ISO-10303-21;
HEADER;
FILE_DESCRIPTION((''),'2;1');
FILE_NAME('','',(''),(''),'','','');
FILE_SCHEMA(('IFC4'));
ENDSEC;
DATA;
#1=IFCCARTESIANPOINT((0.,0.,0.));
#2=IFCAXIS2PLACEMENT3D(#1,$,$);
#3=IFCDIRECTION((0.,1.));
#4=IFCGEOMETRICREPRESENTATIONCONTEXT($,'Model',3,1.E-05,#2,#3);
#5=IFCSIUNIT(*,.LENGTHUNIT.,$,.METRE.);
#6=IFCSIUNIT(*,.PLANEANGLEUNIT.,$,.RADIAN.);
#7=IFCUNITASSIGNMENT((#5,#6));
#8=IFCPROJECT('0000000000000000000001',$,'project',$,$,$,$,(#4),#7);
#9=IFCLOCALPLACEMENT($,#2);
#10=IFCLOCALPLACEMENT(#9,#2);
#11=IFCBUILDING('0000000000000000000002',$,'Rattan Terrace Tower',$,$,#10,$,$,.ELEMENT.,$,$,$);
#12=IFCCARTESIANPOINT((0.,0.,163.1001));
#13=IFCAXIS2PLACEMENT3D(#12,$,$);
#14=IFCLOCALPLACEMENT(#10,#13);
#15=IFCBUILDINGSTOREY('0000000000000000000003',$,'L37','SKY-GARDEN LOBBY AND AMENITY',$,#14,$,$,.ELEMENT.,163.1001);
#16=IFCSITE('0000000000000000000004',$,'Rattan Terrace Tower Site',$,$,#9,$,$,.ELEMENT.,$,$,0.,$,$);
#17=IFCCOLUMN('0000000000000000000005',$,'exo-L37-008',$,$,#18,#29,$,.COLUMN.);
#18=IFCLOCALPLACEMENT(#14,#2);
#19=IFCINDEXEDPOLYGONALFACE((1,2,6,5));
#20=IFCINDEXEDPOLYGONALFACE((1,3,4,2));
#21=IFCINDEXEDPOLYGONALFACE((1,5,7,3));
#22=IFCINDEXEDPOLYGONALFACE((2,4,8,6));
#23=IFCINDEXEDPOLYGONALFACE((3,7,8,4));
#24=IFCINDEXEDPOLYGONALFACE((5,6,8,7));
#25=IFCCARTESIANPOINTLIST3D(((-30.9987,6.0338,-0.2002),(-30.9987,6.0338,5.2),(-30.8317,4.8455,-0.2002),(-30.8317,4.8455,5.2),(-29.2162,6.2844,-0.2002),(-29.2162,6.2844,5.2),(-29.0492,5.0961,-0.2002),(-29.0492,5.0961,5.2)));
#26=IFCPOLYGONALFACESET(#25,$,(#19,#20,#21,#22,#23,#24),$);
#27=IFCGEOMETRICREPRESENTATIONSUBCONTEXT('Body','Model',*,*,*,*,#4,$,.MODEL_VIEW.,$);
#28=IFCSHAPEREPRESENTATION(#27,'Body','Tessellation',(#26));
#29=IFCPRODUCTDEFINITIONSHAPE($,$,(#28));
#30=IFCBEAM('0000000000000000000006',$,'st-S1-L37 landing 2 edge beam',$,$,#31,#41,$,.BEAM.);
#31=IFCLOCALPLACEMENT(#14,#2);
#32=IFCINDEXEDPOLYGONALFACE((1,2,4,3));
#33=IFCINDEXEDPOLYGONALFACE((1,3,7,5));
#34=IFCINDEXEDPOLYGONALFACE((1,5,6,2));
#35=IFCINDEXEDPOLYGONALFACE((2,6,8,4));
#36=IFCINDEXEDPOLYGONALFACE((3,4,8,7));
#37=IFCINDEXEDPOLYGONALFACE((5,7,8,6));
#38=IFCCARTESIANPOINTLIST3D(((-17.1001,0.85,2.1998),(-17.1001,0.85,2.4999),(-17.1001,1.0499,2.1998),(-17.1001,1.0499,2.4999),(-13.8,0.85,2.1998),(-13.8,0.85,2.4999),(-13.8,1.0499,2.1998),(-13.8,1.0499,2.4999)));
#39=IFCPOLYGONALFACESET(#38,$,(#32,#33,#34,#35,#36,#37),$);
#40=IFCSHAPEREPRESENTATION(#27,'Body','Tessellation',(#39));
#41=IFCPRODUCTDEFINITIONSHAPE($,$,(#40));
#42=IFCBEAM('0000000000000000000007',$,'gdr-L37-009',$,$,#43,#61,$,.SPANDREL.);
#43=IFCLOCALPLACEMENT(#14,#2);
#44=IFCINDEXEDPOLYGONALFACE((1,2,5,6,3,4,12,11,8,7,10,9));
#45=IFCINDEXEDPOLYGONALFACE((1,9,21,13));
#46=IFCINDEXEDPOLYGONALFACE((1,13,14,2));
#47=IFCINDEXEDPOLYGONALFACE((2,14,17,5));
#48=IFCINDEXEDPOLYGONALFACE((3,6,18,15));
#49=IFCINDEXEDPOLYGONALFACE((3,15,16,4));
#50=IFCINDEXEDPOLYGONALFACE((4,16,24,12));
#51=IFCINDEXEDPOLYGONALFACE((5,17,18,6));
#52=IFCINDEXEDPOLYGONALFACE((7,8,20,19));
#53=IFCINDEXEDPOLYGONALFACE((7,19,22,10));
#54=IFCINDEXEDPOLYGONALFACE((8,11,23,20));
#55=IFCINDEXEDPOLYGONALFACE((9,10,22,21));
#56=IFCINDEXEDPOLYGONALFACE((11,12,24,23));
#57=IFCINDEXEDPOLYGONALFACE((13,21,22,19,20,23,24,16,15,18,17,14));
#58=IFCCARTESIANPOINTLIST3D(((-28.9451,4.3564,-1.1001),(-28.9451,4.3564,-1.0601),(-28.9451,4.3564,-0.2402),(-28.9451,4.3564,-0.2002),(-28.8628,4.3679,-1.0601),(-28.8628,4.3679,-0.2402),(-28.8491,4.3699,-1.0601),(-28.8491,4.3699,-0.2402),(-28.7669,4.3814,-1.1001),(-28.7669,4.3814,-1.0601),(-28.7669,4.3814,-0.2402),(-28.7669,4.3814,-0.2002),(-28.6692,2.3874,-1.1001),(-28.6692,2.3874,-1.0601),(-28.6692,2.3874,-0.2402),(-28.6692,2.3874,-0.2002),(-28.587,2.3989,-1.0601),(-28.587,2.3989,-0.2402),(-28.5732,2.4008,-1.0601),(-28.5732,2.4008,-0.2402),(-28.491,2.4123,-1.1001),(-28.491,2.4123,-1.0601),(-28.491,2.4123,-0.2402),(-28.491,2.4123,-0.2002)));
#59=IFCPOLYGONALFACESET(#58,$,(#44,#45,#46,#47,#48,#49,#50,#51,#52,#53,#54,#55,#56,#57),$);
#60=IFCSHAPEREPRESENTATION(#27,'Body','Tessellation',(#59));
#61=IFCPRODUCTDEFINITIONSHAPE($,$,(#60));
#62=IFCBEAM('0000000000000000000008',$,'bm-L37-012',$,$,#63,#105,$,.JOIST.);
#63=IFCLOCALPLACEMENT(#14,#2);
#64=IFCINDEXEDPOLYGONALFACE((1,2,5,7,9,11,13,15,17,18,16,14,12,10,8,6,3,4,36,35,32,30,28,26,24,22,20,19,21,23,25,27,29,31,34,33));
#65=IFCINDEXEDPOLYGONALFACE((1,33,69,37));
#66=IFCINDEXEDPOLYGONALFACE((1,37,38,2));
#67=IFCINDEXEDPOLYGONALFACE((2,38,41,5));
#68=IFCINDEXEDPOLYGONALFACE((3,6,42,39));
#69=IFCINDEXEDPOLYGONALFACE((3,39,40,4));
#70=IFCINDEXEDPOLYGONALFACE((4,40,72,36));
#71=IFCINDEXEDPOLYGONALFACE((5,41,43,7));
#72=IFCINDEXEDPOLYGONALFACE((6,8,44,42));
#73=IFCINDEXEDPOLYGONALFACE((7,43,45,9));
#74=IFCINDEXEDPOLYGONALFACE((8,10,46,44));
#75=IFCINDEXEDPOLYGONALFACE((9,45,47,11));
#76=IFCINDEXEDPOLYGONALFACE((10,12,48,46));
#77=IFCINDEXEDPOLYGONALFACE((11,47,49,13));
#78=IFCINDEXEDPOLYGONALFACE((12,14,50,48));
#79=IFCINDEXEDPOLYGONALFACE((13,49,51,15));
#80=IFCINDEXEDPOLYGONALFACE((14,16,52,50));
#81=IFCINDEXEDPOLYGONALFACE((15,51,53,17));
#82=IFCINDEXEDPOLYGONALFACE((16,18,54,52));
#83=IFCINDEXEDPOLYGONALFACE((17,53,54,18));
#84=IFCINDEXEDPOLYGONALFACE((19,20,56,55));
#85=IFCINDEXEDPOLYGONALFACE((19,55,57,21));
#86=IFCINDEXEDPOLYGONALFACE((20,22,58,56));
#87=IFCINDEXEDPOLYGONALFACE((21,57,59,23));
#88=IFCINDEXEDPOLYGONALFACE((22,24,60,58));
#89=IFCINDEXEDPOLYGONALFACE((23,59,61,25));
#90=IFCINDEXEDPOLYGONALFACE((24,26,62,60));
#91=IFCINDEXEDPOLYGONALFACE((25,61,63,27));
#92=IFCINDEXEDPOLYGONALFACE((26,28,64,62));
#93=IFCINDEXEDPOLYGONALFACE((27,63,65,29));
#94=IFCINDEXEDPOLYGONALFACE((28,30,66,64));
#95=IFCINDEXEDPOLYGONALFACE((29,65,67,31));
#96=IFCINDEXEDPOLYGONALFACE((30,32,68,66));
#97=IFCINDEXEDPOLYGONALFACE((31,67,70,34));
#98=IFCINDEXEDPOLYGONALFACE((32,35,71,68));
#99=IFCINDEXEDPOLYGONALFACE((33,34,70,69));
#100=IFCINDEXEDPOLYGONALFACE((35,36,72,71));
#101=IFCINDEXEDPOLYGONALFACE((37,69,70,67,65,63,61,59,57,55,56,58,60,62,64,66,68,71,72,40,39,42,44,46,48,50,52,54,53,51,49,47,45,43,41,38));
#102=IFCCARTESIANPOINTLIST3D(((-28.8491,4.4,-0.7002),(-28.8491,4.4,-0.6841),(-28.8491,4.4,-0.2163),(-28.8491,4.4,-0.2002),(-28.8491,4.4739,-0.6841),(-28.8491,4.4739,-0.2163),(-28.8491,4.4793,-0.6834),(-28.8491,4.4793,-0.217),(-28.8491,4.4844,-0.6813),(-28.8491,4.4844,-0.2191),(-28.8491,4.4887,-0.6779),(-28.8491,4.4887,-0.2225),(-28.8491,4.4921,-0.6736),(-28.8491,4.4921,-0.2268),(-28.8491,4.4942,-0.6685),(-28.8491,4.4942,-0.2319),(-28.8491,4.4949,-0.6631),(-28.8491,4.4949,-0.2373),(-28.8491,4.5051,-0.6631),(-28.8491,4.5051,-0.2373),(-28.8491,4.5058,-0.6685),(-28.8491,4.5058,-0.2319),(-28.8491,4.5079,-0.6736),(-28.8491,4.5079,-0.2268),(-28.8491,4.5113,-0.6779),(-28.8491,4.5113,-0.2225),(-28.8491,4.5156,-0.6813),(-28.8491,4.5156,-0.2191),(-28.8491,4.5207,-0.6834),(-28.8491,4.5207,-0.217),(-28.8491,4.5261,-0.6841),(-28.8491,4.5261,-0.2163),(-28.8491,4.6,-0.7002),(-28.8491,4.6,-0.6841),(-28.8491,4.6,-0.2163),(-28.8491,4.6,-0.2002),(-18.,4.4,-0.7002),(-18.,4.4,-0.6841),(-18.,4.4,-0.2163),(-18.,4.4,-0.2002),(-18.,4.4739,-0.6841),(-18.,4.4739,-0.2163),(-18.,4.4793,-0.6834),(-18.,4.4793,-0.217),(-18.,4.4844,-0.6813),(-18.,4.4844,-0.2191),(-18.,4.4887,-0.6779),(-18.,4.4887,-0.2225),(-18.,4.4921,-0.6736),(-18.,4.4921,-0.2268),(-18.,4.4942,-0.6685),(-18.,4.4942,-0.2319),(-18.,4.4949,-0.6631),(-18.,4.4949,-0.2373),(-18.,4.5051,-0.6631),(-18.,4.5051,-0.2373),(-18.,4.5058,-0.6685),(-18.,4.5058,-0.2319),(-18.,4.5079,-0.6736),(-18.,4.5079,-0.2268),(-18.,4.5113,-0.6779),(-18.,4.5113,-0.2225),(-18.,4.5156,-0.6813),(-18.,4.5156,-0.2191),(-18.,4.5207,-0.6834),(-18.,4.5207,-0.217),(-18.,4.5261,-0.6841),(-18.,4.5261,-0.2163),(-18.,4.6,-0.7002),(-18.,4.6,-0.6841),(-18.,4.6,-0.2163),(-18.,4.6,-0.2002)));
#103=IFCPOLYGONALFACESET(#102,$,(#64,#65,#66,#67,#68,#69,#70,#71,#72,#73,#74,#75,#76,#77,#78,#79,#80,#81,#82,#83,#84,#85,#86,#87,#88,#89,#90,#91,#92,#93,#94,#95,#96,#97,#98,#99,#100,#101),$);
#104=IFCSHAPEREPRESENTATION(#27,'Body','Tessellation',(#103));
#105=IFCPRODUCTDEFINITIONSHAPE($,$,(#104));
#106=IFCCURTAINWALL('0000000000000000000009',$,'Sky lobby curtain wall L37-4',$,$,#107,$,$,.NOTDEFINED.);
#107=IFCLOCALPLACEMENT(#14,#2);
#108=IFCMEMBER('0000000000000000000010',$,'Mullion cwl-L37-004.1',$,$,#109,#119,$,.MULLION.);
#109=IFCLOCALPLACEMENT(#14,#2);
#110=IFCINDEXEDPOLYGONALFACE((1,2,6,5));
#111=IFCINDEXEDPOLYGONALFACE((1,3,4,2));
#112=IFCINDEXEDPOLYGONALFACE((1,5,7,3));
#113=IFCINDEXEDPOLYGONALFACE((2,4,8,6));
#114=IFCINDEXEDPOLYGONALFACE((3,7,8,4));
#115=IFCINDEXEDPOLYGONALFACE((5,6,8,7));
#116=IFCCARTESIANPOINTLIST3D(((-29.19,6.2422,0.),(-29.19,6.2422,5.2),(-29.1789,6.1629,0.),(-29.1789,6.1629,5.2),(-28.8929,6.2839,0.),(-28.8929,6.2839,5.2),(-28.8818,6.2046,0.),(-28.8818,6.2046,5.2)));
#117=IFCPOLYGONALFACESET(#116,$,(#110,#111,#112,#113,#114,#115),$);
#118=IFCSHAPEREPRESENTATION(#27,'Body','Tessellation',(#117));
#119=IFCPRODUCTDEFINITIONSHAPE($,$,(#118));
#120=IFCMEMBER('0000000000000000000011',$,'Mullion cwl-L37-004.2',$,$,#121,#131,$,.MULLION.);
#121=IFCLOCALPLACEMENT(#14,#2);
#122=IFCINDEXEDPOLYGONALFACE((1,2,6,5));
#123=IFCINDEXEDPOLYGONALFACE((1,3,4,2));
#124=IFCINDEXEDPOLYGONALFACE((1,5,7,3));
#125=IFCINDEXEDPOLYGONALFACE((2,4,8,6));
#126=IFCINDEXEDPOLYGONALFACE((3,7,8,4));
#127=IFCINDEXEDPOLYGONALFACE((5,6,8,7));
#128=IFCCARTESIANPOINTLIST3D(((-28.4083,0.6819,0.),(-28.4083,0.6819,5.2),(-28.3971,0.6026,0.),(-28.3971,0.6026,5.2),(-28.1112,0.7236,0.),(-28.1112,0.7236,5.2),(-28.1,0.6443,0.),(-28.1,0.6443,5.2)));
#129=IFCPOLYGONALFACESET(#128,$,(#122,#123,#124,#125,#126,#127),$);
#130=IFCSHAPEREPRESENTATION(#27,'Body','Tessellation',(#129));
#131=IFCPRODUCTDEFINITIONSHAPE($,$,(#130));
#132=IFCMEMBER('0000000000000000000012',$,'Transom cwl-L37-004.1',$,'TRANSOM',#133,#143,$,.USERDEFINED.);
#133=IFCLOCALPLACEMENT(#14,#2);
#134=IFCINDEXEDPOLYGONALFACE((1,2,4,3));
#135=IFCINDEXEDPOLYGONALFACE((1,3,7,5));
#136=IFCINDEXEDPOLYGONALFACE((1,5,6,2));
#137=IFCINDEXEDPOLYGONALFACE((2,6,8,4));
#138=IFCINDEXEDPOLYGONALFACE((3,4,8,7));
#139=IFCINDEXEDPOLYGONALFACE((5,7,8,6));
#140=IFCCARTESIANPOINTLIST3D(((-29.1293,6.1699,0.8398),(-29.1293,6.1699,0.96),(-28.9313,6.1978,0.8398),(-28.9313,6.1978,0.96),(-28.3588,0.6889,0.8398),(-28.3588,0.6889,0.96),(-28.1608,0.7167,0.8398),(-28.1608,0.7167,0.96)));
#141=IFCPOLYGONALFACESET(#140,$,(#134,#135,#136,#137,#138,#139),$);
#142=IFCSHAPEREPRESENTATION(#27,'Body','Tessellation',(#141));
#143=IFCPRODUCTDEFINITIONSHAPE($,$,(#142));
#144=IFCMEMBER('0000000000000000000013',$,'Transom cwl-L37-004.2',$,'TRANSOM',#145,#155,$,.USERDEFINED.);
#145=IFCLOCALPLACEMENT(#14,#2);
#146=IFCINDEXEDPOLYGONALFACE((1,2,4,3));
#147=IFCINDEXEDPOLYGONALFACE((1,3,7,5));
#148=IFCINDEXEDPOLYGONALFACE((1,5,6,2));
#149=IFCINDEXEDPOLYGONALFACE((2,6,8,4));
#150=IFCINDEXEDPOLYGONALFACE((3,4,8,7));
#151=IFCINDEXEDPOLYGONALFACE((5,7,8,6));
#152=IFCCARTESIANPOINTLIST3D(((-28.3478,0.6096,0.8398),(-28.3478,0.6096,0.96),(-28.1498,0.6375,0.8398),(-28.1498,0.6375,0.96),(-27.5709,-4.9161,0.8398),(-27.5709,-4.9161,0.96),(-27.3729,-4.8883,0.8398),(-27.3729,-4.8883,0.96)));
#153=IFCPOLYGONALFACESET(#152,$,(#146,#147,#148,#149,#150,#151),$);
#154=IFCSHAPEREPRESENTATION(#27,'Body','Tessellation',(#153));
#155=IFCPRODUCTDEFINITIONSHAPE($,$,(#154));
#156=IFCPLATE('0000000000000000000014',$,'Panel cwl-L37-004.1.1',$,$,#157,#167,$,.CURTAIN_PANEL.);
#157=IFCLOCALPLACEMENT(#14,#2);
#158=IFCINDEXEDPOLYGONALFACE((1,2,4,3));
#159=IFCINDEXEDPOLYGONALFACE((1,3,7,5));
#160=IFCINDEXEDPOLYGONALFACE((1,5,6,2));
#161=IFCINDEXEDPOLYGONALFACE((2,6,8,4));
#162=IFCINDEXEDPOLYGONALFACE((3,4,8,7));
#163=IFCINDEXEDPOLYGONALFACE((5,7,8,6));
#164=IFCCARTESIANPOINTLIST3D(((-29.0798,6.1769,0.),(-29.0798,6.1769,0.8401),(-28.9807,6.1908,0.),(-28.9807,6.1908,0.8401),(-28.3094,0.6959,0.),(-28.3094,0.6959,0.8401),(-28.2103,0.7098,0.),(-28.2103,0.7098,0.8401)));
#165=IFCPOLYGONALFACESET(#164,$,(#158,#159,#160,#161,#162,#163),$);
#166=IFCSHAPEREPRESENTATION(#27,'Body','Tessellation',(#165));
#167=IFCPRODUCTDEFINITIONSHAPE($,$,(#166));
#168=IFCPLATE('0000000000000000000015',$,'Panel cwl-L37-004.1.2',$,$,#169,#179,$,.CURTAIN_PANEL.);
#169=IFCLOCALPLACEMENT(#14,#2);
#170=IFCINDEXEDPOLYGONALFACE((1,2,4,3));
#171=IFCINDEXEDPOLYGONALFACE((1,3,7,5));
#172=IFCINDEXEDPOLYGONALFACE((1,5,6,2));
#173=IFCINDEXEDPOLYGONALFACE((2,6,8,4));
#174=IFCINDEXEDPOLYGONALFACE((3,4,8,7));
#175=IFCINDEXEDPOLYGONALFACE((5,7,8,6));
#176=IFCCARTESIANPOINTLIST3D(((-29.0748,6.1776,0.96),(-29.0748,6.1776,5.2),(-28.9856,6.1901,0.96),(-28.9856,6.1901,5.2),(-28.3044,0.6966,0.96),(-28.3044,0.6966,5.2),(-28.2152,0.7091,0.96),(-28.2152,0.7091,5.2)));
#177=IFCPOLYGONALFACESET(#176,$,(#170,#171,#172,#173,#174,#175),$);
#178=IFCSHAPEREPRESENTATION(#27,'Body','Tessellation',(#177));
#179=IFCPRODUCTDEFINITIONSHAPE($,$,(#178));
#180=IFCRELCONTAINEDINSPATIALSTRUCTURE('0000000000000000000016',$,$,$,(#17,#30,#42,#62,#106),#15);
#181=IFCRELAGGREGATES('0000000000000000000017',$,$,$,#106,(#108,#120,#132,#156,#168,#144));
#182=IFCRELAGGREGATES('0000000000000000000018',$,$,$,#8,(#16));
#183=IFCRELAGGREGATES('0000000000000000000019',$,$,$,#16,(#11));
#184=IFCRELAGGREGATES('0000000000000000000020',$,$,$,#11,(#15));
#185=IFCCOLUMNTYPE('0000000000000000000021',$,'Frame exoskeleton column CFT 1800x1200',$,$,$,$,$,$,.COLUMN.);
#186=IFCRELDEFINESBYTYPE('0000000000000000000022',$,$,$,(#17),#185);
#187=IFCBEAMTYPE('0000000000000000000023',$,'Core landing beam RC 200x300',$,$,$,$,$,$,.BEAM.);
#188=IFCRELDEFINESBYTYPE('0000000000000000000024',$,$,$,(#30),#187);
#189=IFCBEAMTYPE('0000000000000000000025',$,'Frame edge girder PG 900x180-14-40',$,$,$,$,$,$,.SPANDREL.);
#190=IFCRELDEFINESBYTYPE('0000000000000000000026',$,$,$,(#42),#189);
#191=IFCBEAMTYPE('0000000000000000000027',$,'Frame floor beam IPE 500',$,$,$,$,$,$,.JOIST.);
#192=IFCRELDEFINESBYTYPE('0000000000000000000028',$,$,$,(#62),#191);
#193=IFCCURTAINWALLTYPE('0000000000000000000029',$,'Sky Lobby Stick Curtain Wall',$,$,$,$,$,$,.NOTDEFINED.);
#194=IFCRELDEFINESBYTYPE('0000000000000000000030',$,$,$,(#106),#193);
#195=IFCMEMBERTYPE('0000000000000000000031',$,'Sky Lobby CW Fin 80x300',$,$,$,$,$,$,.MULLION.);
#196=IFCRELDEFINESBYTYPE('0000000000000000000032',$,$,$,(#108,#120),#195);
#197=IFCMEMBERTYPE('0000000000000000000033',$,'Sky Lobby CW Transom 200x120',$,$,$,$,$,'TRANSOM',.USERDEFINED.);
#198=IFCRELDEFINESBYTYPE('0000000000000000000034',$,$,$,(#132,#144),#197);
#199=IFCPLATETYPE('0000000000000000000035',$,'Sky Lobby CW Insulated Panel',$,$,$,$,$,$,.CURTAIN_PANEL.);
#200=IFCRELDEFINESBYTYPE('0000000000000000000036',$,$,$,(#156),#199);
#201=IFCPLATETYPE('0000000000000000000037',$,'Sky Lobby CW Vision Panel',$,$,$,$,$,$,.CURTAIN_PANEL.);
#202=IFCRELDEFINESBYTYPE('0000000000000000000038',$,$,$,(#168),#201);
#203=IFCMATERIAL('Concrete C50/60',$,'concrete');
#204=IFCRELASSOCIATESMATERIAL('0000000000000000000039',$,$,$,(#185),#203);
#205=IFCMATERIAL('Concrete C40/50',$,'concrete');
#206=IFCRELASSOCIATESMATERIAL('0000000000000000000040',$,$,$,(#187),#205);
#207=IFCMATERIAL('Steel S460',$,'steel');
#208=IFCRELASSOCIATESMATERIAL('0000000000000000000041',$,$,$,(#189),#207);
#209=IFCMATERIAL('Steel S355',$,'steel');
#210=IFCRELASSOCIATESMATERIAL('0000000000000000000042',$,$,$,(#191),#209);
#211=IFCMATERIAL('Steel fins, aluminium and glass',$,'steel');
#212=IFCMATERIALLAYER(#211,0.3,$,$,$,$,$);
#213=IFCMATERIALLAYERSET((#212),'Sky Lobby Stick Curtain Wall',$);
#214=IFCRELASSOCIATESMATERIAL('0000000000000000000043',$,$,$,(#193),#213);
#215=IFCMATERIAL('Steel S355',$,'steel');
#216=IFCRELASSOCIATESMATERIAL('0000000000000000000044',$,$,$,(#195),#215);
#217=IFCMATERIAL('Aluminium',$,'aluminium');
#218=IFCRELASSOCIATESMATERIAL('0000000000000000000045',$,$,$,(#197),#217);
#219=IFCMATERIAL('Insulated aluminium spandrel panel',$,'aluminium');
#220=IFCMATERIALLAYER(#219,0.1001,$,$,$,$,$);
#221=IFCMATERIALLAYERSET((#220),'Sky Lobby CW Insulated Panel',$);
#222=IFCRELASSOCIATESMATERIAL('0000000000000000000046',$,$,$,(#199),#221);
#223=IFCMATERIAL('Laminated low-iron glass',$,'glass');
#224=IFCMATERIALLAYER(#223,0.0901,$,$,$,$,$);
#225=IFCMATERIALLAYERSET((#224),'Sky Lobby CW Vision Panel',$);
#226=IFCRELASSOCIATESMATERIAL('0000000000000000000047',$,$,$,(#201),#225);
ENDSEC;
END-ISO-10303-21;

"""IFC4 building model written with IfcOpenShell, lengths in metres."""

from ifc_helpers import new_model, si_unit, direction, frame, origin, origin_2d, place, context, subcontext, project, spatial, rectangle, i_section, extrude, material, layer, layer_set, material_profile, profile_set, type_object, element, aggregate, save


model = new_model("IFC4")

# Units and contexts
model_context = context("Model", 3, precision=1e-05, world=origin(), true_north=direction((0.0, 1.0)))
body_context = subcontext(model_context, "Body", "Model", "MODEL_VIEW")
ifc_project = project(units=[si_unit("LENGTHUNIT", "METRE"), si_unit("PLANEANGLEUNIT", "RADIAN")], contexts=[model_context])

# Site, building, storey
site_placement = place(None, origin())
site = spatial("IfcSite", under=ifc_project, at=site_placement, Name="Rattan Terrace Tower Site", CompositionType="ELEMENT", RefElevation=0.0)
building_placement = place(site_placement, origin())
building = spatial("IfcBuilding", under=site, at=building_placement, Name="Rattan Terrace Tower", CompositionType="ELEMENT")
storey_placement = place(building_placement, frame((0.0, 0.0, 163.1001)))
storey = spatial("IfcBuildingStorey", under=building, at=storey_placement, Name="L37", Description="SKY-GARDEN LOBBY AND AMENITY", CompositionType="ELEMENT", Elevation=163.1001)

# Column
ifc_material_1 = material(Name="Concrete C50/60", Category="concrete")
ifc_material_profile_1 = material_profile(ifc_material_1, rectangle(XDim=1.2, YDim=1.8, at=origin_2d()), Name="CFT 1800x1200")
ifc_profile_set_1 = profile_set([ifc_material_profile_1], Name="Concrete C50/60")
column_type = type_object("IfcColumnType", Name="Frame exoskeleton column CFT 1800x1200", PredefinedType="COLUMN", material=ifc_profile_set_1)
column_placement = place(storey_placement, frame((-30.0239, 5.5649, -0.2002), z_axis=(0.0, 0.0, 1.0), x_axis=(-0.13919, 0.990266, 0.0)))
element("IfcColumn", 1, at=column_placement, inside=storey, type_object=column_type, Name="exo-L37-008", PredefinedType="COLUMN", context=body_context, shape_type="SweptSolid", body=[
    extrude(rectangle(XDim=1.2, YDim=1.8, at=origin_2d()), origin(), (0.0, 0.0, 1.0), 5.4001),
])

# Beams
ifc_material_2 = material(Name="Concrete C40/50", Category="concrete")
ifc_material_profile_2 = material_profile(ifc_material_2, rectangle(XDim=0.2, YDim=0.3, at=origin_2d()), Name="RC 200x300")
ifc_profile_set_2 = profile_set([ifc_material_profile_2], Name="Concrete C40/50")
beam_type_1 = type_object("IfcBeamType", Name="Core landing beam RC 200x300", PredefinedType="BEAM", material=ifc_profile_set_2)
beam_1_placement = place(storey_placement, frame((-17.1001, 0.95, 2.3499), z_axis=(1.0, 0.0, 0.0), x_axis=(0.0, 1.0, 0.0)))
element("IfcBeam", 2, at=beam_1_placement, inside=storey, type_object=beam_type_1, Name="st-S1-L37 landing 2 edge beam", PredefinedType="BEAM", context=body_context, shape_type="SweptSolid", body=[
    extrude(rectangle(XDim=0.2, YDim=0.3, at=origin_2d()), origin(), (0.0, 0.0, 1.0), 3.3),
])
ifc_material_3 = material(Name="Steel S460", Category="steel")
ifc_material_profile_3 = material_profile(ifc_material_3, i_section(OverallWidth=0.1799, OverallDepth=0.8999, WebThickness=0.0139, FlangeThickness=0.04, at=origin_2d()), Name="PG 900x180-14-40")
ifc_profile_set_3 = profile_set([ifc_material_profile_3], Name="Steel S460")
beam_type_2 = type_object("IfcBeamType", Name="Frame edge girder PG 900x180-14-40", PredefinedType="SPANDREL", material=ifc_profile_set_3)
beam_2_placement = place(storey_placement, frame((-28.856, 4.3689, -0.6501), z_axis=(0.138756, -0.990327, 0.0), x_axis=(0.990327, 0.138756, 0.0)))
element("IfcBeam", 3, at=beam_2_placement, inside=storey, type_object=beam_type_2, Name="gdr-L37-009", PredefinedType="SPANDREL", context=body_context, shape_type="SweptSolid", body=[
    extrude(i_section(OverallWidth=0.1799, OverallDepth=0.8999, WebThickness=0.0139, FlangeThickness=0.04, at=origin_2d()), origin(), (0.0, 0.0, 1.0), 1.9883),
])
ifc_material_4 = material(Name="Steel S355", Category="steel")
ifc_material_profile_4 = material_profile(ifc_material_4, i_section(OverallWidth=0.2, OverallDepth=0.5, WebThickness=0.0103, FlangeThickness=0.0161, FilletRadius=0.021, at=origin_2d()), Name="IPE 500")
ifc_profile_set_4 = profile_set([ifc_material_profile_4], Name="Steel S355")
beam_type_3 = type_object("IfcBeamType", Name="Frame floor beam IPE 500", PredefinedType="JOIST", material=ifc_profile_set_4)
beam_3_placement = place(storey_placement, frame((-28.8491, 4.5, -0.4502), z_axis=(1.0, 0.0, 0.0), x_axis=(0.0, 1.0, 0.0)))
element("IfcBeam", 4, at=beam_3_placement, inside=storey, type_object=beam_type_3, Name="bm-L37-012", PredefinedType="JOIST", context=body_context, shape_type="SweptSolid", body=[
    extrude(i_section(OverallWidth=0.2, OverallDepth=0.5, WebThickness=0.0103, FlangeThickness=0.0161, FilletRadius=0.021, at=origin_2d()), origin(), (0.0, 0.0, 1.0), 10.8491),
])

# Curtain wall, members, plates
ifc_material_5 = material(Name="Steel fins, aluminium and glass", Category="steel")
ifc_layer_1 = layer(ifc_material_5, 0.3)
ifc_layer_set_1 = layer_set([ifc_layer_1], Name="Sky Lobby Stick Curtain Wall")
curtain_wall_type = type_object("IfcCurtainWallType", Name="Sky Lobby Stick Curtain Wall", PredefinedType="NOTDEFINED", material=ifc_layer_set_1)
curtain_wall_placement = place(storey_placement, origin())
curtain_wall = element("IfcCurtainWall", 5, at=curtain_wall_placement, inside=storey, type_object=curtain_wall_type, Name="Sky lobby curtain wall L37-4", PredefinedType="NOTDEFINED")
ifc_material_6 = material(Name="Steel S355", Category="steel")
ifc_material_profile_5 = material_profile(ifc_material_6, rectangle(XDim=0.0801, YDim=0.3, at=origin_2d()), Name="Steel S355 80x300")
ifc_profile_set_5 = profile_set([ifc_material_profile_5], Name="Steel S355")
member_type_1 = type_object("IfcMemberType", Name="Sky Lobby CW Fin 80x300", PredefinedType="MULLION", material=ifc_profile_set_5)
member_1_placement = place(storey_placement, frame((-29.0359, 6.2234, 0.0), z_axis=(0.0, 0.0, 1.0), x_axis=(0.139191, -0.990266, 0.0)))
member_1 = element("IfcMember", 6, at=member_1_placement, type_object=member_type_1, Name="Mullion cwl-L37-004.1", PredefinedType="MULLION", context=body_context, shape_type="SweptSolid", body=[
    extrude(rectangle(XDim=0.0801, YDim=0.3, at=origin_2d()), origin(), (0.0, 0.0, 1.0), 5.2),
])
member_2_placement = place(storey_placement, frame((-28.2542, 0.6631, 0.0), z_axis=(0.0, 0.0, 1.0), x_axis=(0.139191, -0.990266, 0.0)))
member_2 = element("IfcMember", 7, at=member_2_placement, type_object=member_type_1, Name="Mullion cwl-L37-004.2", PredefinedType="MULLION", context=body_context, shape_type="SweptSolid", body=[
    extrude(rectangle(XDim=0.0801, YDim=0.3, at=origin_2d()), origin(), (0.0, 0.0, 1.0), 5.2),
])
ifc_material_7 = material(Name="Aluminium", Category="aluminium")
ifc_material_profile_6 = material_profile(ifc_material_7, rectangle(XDim=0.2, YDim=0.1201, at=origin_2d()), Name="Aluminium 200x120")
ifc_profile_set_6 = profile_set([ifc_material_profile_6], Name="Aluminium")
member_type_2 = type_object("IfcMemberType", Name="Sky Lobby CW Transom 200x120", ElementType="TRANSOM", PredefinedType="USERDEFINED", material=ifc_profile_set_6)
member_3_placement = place(storey_placement, frame((-29.0303, 6.1838, 0.8999), z_axis=(0.13921, -0.990263, 0.0), x_axis=(0.990263, 0.13921, 0.0)))
member_3 = element("IfcMember", 8, at=member_3_placement, type_object=member_type_2, Name="Transom cwl-L37-004.1", ObjectType="TRANSOM", PredefinedType="USERDEFINED", context=body_context, shape_type="SweptSolid", body=[
    extrude(rectangle(XDim=0.2, YDim=0.1201, at=origin_2d()), origin(), (0.0, 0.0, 1.0), 5.5349),
])
member_4_placement = place(storey_placement, frame((-28.2488, 0.6235, 0.8999), z_axis=(0.139222, -0.990261, 0.0), x_axis=(0.990261, 0.139222, 0.0)))
member_4 = element("IfcMember", 9, at=member_4_placement, type_object=member_type_2, Name="Transom cwl-L37-004.2", ObjectType="TRANSOM", PredefinedType="USERDEFINED", context=body_context, shape_type="SweptSolid", body=[
    extrude(rectangle(XDim=0.2, YDim=0.1201, at=origin_2d()), origin(), (0.0, 0.0, 1.0), 5.5801),
])
ifc_material_8 = material(Name="Insulated aluminium spandrel panel", Category="aluminium")
ifc_layer_2 = layer(ifc_material_8, 0.1001)
ifc_layer_set_2 = layer_set([ifc_layer_2], Name="Sky Lobby CW Insulated Panel")
plate_type_1 = type_object("IfcPlateType", Name="Sky Lobby CW Insulated Panel", PredefinedType="CURTAIN_PANEL", material=ifc_layer_set_2)
plate_1_placement = place(storey_placement, frame((-28.645, 3.4434, 0.0), z_axis=(0.0, 0.0, 1.0), x_axis=(0.139191, -0.990266, 0.0)))
plate_1 = element("IfcPlate", 10, at=plate_1_placement, type_object=plate_type_1, Name="Panel cwl-L37-004.1.1", PredefinedType="CURTAIN_PANEL", context=body_context, shape_type="SweptSolid", body=[
    extrude(rectangle(XDim=5.5349, YDim=0.1001, at=origin_2d()), origin(), (0.0, 0.0, 1.0), 0.8401),
])
ifc_material_9 = material(Name="Laminated low-iron glass", Category="glass")
ifc_layer_3 = layer(ifc_material_9, 0.0901)
ifc_layer_set_3 = layer_set([ifc_layer_3], Name="Sky Lobby CW Vision Panel")
plate_type_2 = type_object("IfcPlateType", Name="Sky Lobby CW Vision Panel", PredefinedType="CURTAIN_PANEL", material=ifc_layer_set_3)
plate_2_placement = place(storey_placement, frame((-28.645, 3.4434, 0.96), z_axis=(0.0, 0.0, 1.0), x_axis=(0.139191, -0.990266, 0.0)))
plate_2 = element("IfcPlate", 11, at=plate_2_placement, type_object=plate_type_2, Name="Panel cwl-L37-004.1.2", PredefinedType="CURTAIN_PANEL", context=body_context, shape_type="SweptSolid", body=[
    extrude(rectangle(XDim=5.5349, YDim=0.0901, at=origin_2d()), origin(), (0.0, 0.0, 1.0), 4.24),
])
aggregate(curtain_wall, [member_1, member_2, member_3, plate_1, plate_2, member_4])

save(model, "model.ifc")
